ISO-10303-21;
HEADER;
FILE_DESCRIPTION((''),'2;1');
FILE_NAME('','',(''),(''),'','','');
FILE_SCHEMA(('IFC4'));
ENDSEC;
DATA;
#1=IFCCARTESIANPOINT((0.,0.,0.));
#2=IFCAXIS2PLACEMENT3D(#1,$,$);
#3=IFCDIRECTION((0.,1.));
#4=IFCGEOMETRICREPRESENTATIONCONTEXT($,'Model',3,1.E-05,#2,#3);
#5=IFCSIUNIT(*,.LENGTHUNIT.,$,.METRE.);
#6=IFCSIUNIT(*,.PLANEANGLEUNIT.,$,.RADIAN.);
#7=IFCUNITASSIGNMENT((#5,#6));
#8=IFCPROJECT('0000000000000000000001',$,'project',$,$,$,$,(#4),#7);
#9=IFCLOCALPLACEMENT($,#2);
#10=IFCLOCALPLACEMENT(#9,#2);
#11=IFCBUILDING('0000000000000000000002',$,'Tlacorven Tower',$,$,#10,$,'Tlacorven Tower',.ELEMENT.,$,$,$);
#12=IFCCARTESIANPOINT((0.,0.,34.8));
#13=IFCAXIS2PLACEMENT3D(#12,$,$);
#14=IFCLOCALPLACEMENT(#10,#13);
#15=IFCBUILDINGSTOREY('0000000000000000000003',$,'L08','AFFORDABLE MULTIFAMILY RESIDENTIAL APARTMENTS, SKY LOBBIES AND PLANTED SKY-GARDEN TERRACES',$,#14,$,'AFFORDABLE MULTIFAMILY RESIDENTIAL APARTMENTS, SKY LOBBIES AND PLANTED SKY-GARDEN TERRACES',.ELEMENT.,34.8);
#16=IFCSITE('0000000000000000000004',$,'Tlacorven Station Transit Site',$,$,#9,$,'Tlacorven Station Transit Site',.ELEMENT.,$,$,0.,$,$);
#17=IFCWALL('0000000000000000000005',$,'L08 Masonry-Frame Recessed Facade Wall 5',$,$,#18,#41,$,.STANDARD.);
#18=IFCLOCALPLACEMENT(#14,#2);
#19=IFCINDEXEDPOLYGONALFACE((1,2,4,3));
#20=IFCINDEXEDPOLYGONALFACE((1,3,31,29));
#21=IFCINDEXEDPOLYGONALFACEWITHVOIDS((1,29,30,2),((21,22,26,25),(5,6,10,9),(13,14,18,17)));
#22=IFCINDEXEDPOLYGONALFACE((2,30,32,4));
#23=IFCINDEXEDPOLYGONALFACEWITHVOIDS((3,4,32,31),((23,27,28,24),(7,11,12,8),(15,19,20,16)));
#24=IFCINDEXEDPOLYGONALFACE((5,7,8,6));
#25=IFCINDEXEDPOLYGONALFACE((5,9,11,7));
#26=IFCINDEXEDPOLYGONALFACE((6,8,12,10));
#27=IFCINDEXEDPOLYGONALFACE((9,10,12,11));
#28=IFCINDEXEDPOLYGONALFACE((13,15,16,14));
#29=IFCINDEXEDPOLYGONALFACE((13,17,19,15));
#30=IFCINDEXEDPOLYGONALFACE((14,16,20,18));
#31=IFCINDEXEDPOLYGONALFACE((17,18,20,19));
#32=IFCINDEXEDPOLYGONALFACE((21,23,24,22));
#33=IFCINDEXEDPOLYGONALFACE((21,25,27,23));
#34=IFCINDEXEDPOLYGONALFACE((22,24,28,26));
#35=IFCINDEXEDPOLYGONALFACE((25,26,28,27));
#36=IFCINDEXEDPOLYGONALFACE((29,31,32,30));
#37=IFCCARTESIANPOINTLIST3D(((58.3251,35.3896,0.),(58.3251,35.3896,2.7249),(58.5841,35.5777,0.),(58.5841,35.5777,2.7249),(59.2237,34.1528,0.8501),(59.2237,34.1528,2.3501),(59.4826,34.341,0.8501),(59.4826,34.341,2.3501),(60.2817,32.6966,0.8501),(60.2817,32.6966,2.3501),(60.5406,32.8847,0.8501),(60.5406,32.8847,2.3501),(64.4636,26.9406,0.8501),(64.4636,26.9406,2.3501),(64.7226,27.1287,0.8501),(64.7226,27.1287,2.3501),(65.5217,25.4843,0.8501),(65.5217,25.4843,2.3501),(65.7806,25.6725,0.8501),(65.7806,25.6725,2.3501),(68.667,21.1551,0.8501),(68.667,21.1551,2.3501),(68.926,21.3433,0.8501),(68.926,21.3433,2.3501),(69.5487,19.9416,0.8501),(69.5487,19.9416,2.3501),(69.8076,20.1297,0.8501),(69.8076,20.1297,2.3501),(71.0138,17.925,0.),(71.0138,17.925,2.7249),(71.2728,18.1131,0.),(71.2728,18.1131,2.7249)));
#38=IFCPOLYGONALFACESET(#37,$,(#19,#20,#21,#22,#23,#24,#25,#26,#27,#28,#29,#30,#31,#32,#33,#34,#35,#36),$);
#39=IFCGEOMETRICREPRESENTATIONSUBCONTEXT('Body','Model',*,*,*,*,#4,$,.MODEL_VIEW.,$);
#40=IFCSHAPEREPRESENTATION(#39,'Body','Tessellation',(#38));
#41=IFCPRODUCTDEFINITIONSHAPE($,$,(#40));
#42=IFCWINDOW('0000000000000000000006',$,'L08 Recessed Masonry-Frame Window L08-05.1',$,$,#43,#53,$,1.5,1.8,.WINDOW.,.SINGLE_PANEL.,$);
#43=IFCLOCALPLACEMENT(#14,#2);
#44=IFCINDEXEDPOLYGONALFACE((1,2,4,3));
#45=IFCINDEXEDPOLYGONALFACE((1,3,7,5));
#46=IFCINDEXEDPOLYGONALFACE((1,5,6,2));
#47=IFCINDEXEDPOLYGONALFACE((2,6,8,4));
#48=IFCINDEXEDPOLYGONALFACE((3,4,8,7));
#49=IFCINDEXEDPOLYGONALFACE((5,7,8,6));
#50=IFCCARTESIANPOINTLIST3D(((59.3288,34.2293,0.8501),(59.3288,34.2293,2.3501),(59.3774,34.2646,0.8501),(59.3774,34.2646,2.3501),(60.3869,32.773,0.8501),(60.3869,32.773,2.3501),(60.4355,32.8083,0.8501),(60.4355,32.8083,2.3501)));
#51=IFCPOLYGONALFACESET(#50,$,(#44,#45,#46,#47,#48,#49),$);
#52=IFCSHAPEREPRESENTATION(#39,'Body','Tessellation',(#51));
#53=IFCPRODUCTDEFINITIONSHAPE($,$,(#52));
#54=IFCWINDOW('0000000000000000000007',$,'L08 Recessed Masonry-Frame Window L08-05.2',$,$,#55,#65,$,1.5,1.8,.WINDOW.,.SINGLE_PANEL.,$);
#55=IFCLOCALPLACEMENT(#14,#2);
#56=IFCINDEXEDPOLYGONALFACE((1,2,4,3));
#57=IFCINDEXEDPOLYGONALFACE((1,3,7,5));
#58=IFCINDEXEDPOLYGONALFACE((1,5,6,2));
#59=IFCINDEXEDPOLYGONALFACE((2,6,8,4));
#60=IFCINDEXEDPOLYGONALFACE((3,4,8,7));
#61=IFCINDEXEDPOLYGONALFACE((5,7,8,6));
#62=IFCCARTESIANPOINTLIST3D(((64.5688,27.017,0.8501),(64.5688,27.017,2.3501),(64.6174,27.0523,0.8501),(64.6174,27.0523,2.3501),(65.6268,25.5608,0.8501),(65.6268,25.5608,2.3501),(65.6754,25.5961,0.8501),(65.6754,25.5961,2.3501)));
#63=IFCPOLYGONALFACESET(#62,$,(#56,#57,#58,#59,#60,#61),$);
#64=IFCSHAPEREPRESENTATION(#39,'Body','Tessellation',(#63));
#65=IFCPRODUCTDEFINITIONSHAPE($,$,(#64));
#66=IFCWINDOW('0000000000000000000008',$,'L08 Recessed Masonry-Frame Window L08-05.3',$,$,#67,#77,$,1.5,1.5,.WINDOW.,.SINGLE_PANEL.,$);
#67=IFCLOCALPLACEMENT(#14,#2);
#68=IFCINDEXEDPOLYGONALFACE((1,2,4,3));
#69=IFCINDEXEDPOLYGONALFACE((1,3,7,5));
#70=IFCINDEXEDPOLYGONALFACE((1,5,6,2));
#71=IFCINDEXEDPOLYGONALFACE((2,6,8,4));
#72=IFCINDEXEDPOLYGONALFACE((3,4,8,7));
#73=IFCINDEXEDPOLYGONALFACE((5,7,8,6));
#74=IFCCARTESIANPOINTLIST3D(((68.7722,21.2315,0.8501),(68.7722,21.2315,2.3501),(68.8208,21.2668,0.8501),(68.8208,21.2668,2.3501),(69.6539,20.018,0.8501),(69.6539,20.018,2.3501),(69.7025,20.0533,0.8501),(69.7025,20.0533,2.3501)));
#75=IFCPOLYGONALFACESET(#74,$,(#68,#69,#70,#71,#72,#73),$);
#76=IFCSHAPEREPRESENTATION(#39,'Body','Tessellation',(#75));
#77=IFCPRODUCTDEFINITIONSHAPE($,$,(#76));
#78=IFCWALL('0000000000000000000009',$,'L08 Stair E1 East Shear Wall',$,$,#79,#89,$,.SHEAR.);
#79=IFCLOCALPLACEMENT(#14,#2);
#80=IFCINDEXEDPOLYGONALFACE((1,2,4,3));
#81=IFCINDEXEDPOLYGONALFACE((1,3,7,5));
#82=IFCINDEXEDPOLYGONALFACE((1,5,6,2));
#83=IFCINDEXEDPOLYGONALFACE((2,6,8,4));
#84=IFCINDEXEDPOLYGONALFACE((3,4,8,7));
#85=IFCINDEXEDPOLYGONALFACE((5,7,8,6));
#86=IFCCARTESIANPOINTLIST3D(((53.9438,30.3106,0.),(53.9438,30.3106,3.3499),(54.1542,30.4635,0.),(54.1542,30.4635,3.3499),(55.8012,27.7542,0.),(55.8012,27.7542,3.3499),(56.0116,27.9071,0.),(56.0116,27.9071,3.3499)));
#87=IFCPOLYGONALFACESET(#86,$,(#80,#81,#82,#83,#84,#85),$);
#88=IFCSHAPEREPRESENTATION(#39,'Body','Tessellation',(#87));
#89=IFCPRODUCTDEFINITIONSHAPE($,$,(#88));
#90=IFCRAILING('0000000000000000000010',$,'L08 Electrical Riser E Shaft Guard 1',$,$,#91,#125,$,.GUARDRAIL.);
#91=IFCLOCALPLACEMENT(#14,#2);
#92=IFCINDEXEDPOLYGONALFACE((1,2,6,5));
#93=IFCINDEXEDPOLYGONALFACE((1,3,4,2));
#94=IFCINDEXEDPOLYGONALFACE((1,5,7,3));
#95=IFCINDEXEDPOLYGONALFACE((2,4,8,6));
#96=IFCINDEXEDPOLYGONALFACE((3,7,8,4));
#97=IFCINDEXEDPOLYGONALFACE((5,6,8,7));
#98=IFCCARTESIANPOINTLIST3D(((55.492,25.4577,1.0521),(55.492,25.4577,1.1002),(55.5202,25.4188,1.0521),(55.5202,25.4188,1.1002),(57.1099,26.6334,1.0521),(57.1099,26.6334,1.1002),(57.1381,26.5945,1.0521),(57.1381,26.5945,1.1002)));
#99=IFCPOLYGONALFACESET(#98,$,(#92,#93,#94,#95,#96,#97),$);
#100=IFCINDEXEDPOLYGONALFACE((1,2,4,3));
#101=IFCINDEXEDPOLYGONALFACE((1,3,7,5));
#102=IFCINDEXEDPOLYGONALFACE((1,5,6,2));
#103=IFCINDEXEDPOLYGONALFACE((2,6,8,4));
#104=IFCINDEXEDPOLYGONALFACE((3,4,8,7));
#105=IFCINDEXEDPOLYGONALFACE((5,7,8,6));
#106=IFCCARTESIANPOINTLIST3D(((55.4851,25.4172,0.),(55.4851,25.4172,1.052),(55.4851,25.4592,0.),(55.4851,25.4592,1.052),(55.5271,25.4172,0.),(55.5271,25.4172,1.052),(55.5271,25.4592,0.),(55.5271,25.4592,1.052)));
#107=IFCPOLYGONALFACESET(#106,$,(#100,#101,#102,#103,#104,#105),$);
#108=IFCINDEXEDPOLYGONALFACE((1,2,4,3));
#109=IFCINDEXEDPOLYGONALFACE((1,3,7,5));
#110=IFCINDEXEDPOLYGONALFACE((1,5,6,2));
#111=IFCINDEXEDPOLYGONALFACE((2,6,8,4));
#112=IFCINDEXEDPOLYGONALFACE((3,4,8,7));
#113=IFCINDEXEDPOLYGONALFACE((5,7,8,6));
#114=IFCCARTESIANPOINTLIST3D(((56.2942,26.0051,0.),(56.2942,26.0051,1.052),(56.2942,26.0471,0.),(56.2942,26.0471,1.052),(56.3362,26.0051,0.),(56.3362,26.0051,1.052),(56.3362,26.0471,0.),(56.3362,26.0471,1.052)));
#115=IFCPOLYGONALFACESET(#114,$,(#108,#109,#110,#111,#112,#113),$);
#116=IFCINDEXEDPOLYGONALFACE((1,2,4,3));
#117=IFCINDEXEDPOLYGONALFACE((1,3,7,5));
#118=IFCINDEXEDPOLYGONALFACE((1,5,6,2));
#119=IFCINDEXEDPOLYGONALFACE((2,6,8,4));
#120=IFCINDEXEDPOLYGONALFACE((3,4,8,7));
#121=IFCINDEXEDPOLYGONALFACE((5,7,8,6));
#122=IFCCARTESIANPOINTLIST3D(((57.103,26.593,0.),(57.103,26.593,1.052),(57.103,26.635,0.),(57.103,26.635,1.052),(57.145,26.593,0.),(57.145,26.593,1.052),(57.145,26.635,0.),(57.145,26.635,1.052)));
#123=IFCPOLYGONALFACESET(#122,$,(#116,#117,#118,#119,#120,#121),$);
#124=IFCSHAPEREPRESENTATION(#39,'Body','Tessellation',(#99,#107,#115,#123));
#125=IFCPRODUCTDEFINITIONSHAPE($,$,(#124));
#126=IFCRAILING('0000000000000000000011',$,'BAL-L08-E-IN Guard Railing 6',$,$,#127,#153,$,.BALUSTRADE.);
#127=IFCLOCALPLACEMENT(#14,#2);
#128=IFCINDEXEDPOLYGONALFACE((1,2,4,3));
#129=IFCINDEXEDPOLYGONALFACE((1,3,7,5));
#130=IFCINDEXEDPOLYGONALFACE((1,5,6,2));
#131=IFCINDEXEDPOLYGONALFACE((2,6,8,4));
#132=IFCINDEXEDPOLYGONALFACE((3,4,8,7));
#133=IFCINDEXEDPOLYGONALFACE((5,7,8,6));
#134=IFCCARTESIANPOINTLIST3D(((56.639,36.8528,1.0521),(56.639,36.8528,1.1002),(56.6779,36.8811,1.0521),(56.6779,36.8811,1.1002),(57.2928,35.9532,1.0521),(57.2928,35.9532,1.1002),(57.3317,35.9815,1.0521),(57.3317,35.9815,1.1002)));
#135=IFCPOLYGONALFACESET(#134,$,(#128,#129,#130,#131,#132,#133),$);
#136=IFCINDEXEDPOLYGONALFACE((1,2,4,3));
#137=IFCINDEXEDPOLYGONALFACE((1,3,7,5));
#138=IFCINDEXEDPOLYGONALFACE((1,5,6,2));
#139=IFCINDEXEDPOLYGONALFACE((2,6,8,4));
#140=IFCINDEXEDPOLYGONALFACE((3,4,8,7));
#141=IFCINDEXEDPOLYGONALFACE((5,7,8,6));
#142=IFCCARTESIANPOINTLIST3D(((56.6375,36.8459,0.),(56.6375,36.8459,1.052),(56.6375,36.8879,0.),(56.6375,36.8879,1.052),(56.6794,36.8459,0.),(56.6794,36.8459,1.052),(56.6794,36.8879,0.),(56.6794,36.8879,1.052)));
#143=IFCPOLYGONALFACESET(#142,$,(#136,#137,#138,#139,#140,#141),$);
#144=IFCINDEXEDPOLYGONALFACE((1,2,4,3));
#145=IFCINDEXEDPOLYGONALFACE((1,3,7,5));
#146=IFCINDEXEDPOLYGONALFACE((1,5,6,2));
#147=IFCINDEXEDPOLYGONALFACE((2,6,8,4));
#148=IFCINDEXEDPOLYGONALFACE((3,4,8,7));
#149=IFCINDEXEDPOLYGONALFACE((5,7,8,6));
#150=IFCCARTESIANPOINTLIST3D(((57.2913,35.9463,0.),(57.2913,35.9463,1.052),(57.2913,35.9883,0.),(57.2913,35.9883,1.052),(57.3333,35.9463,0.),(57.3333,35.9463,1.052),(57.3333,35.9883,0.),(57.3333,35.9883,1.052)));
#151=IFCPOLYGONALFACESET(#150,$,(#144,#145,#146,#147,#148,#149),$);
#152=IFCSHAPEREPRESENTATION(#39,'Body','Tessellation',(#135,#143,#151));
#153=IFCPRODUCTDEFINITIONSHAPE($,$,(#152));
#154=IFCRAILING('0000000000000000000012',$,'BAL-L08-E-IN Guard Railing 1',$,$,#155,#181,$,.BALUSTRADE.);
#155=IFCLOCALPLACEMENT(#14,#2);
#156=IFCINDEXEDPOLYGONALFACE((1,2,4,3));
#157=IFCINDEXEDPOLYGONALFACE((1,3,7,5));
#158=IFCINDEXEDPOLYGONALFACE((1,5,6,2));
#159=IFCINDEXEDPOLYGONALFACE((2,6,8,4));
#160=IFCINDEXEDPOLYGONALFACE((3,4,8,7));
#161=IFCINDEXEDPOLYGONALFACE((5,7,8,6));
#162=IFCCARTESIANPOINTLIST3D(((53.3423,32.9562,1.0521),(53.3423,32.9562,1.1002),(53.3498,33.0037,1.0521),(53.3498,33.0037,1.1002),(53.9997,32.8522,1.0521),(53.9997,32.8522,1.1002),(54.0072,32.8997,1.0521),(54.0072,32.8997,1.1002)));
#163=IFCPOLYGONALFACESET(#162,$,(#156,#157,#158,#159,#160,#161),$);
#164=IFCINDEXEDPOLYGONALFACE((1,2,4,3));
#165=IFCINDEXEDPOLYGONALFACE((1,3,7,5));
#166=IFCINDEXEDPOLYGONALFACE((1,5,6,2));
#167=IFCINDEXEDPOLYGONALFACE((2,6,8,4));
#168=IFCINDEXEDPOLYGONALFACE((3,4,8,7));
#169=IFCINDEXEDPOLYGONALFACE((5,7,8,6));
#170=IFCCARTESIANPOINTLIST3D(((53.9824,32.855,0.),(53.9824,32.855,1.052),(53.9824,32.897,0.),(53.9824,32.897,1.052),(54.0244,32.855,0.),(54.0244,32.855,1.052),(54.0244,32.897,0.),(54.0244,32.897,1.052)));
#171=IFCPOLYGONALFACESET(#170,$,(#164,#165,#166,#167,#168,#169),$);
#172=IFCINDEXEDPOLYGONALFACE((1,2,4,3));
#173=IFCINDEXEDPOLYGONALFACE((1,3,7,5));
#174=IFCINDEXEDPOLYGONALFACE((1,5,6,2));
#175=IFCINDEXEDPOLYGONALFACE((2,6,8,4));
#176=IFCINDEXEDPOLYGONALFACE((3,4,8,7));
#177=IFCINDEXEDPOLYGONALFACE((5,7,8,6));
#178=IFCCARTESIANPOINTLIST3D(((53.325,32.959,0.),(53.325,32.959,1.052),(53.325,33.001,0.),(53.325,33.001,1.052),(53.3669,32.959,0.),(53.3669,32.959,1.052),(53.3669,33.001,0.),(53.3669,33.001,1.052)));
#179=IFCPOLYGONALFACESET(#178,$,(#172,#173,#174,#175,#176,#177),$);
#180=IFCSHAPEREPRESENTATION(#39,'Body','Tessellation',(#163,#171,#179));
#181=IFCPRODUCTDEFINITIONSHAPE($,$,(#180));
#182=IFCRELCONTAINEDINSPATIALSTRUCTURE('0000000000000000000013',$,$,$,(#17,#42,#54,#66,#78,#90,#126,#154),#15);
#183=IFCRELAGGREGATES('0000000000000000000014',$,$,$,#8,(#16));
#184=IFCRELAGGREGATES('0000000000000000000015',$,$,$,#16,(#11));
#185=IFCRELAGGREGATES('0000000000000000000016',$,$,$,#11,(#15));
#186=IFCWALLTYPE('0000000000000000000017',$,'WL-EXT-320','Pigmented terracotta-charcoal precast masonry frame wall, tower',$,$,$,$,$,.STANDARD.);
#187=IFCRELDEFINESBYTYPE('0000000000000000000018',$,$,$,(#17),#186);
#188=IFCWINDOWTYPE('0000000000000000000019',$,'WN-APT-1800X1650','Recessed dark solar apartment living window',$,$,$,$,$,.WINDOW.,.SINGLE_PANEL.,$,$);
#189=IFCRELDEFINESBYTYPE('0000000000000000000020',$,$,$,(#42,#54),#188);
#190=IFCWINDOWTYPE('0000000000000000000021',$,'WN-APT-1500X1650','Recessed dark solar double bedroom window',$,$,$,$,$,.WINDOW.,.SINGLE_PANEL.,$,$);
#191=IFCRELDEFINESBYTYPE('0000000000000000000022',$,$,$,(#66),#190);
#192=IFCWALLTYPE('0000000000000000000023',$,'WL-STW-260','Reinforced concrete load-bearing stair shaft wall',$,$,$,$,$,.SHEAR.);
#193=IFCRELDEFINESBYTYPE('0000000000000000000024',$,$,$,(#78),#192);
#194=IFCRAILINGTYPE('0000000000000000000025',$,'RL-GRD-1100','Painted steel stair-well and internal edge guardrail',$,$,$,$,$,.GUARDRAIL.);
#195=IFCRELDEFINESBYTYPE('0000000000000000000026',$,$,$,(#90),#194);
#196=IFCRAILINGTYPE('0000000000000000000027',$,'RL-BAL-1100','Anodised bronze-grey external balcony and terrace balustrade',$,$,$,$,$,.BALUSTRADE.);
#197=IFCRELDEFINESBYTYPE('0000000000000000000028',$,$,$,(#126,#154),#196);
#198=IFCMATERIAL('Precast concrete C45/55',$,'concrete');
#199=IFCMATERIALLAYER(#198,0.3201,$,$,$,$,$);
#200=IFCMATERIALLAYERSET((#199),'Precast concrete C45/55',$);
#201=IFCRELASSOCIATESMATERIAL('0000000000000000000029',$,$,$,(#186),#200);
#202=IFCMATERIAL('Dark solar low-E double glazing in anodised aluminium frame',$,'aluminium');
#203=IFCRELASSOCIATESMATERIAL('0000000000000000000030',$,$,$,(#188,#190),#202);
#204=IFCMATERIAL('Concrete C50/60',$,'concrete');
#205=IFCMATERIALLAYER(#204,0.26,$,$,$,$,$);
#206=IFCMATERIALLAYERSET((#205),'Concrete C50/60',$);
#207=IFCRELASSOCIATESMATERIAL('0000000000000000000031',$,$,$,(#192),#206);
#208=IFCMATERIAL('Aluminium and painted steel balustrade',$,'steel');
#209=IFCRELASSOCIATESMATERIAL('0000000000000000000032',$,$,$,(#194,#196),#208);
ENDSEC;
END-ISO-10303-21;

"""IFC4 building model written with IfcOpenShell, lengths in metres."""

from ifc_helpers import new_model, si_unit, direction, frame, frame_2d, origin, origin_2d, place, context, subcontext, project, spatial, rectangle, extrude, source, transform, mapped, material, layer, layer_set, type_object, element, fill, save


model = new_model("IFC4")

# Units and contexts
model_context = context("Model", 3, precision=1e-05, world=origin(), true_north=direction((0.0, 1.0)))
body_context = subcontext(model_context, "Body", "Model", "MODEL_VIEW")
ifc_project = project(units=[si_unit("LENGTHUNIT", "METRE"), si_unit("PLANEANGLEUNIT", "RADIAN")], contexts=[model_context])

# Site, building, storey
site_placement = place(None, origin())
site = spatial("IfcSite", under=ifc_project, at=site_placement, Name="Tlacorven Station Transit Site", LongName="Tlacorven Station Transit Site", CompositionType="ELEMENT", RefElevation=0.0)
building_placement = place(site_placement, origin())
building = spatial("IfcBuilding", under=site, at=building_placement, Name="Tlacorven Tower", LongName="Tlacorven Tower", CompositionType="ELEMENT")
storey_placement = place(building_placement, frame((0.0, 0.0, 34.8)))
storey = spatial("IfcBuildingStorey", under=building, at=storey_placement, Name="L08", Description="AFFORDABLE MULTIFAMILY RESIDENTIAL APARTMENTS, SKY LOBBIES AND PLANTED SKY-GARDEN TERRACES", LongName="AFFORDABLE MULTIFAMILY RESIDENTIAL APARTMENTS, SKY LOBBIES AND PLANTED SKY-GARDEN TERRACES", CompositionType="ELEMENT", Elevation=34.8)

# Wall, openings, windows
ifc_material_1 = material(Name="Precast concrete C45/55", Category="concrete")
ifc_layer_1 = layer(ifc_material_1, 0.3201)
ifc_layer_set_1 = layer_set([ifc_layer_1], Name="Precast concrete C45/55")
wall_type_1 = type_object("IfcWallType", Name="WL-EXT-320", Description="Pigmented terracotta-charcoal precast masonry frame wall, tower", PredefinedType="STANDARD", material=ifc_layer_set_1)
wall_1_placement = place(storey_placement, frame((58.4546, 35.4836, 0.0), z_axis=(0.0, 0.0, 1.0), x_axis=(0.587784, -0.809018, 0.0)))
wall_1 = element("IfcWall", 1, at=wall_1_placement, inside=storey, type_object=wall_type_1, Name="L08 Masonry-Frame Recessed Facade Wall 5", PredefinedType="STANDARD", context=body_context, shape_type="SweptSolid", body=[
    extrude(rectangle(XDim=21.5874, YDim=0.3201, at=frame_2d((10.7937, 0.0))), origin(), (0.0, 0.0, 1.0), 2.7249),
])
opening_1_placement = place(wall_1_placement, frame((1.5288, 0.0, 0.8501)))
opening_1 = element("IfcOpeningElement", 2, at=opening_1_placement, cuts=wall_1, PredefinedType="OPENING", context=body_context, shape_type="SweptSolid", body=[
    extrude(rectangle(XDim=1.8, YDim=1.5, at=frame_2d((0.8999, 0.75))), frame((0.0, 0.1699, 0.0), z_axis=(0.0, -1.0, 0.0), x_axis=(1.0, 0.0, 0.0)), (0.0, 0.0, 1.0), 0.3401),
])
opening_2_placement = place(wall_1_placement, frame((10.4436, 0.0, 0.8501)))
opening_2 = element("IfcOpeningElement", 3, at=opening_2_placement, cuts=wall_1, PredefinedType="OPENING", context=body_context, shape_type="SweptSolid", body=[
    extrude(rectangle(XDim=1.8, YDim=1.5, at=frame_2d((0.8999, 0.75))), frame((0.0, 0.1699, 0.0), z_axis=(0.0, -1.0, 0.0), x_axis=(1.0, 0.0, 0.0)), (0.0, 0.0, 1.0), 0.3401),
])
opening_3_placement = place(wall_1_placement, frame((17.5947, 0.0, 0.8501)))
opening_3 = element("IfcOpeningElement", 4, at=opening_3_placement, cuts=wall_1, PredefinedType="OPENING", context=body_context, shape_type="SweptSolid", body=[
    extrude(rectangle(XDim=1.5, YDim=1.5, at=frame_2d((0.75, 0.75))), frame((0.0, 0.1699, 0.0), z_axis=(0.0, -1.0, 0.0), x_axis=(1.0, 0.0, 0.0)), (0.0, 0.0, 1.0), 0.3401),
])
ifc_material_2 = material(Name="Dark solar low-E double glazing in anodised aluminium frame", Category="aluminium")
window_type_1 = type_object("IfcWindowType", Name="WN-APT-1800X1650", Description="Recessed dark solar apartment living window", PartitioningType="SINGLE_PANEL", PredefinedType="WINDOW", material=ifc_material_2)
shared_shape_1 = source(origin(), body_context, "Body", "SweptSolid", [
    extrude(rectangle(XDim=1.8, YDim=1.5, at=frame_2d((0.8999, 0.75))), frame((0.0, 0.03, 0.0), z_axis=(0.0, -1.0, 0.0), x_axis=(1.0, 0.0, 0.0)), (0.0, 0.0, 1.0), 0.0601),
])
window_1_placement = place(opening_1_placement, origin())
window_1 = element("IfcWindow", 5, at=window_1_placement, inside=storey, type_object=window_type_1, Name="L08 Recessed Masonry-Frame Window L08-05.1", OverallHeight=1.5, OverallWidth=1.8, PartitioningType="SINGLE_PANEL", PredefinedType="WINDOW", context=body_context, shape_type="MappedRepresentation", body=[
    mapped(shared_shape_1, transform((0.0, 0.0, 0.0), scale=1.0)),
])
fill(opening_1, window_1)
window_2_placement = place(opening_2_placement, origin())
window_2 = element("IfcWindow", 6, at=window_2_placement, inside=storey, type_object=window_type_1, Name="L08 Recessed Masonry-Frame Window L08-05.2", OverallHeight=1.5, OverallWidth=1.8, PartitioningType="SINGLE_PANEL", PredefinedType="WINDOW", context=body_context, shape_type="MappedRepresentation", body=[
    mapped(shared_shape_1, transform((0.0, 0.0, 0.0), scale=1.0)),
])
fill(opening_2, window_2)
window_type_2 = type_object("IfcWindowType", Name="WN-APT-1500X1650", Description="Recessed dark solar double bedroom window", PartitioningType="SINGLE_PANEL", PredefinedType="WINDOW", material=ifc_material_2)
shared_shape_2 = source(origin(), body_context, "Body", "SweptSolid", [
    extrude(rectangle(XDim=1.5, YDim=1.5, at=frame_2d((0.75, 0.75))), frame((0.0, 0.03, 0.0), z_axis=(0.0, -1.0, 0.0), x_axis=(1.0, 0.0, 0.0)), (0.0, 0.0, 1.0), 0.0601),
])
window_3_placement = place(opening_3_placement, origin())
window_3 = element("IfcWindow", 7, at=window_3_placement, inside=storey, type_object=window_type_2, Name="L08 Recessed Masonry-Frame Window L08-05.3", OverallHeight=1.5, OverallWidth=1.5, PartitioningType="SINGLE_PANEL", PredefinedType="WINDOW", context=body_context, shape_type="MappedRepresentation", body=[
    mapped(shared_shape_2, transform((0.0, 0.0, 0.0), scale=1.0)),
])
fill(opening_3, window_3)

# Wall
ifc_material_3 = material(Name="Concrete C50/60", Category="concrete")
ifc_layer_2 = layer(ifc_material_3, 0.26)
ifc_layer_set_2 = layer_set([ifc_layer_2], Name="Concrete C50/60")
wall_type_2 = type_object("IfcWallType", Name="WL-STW-260", Description="Reinforced concrete load-bearing stair shaft wall", PredefinedType="SHEAR", material=ifc_layer_set_2)
wall_2_placement = place(storey_placement, frame((55.9065, 27.8306, 0.0), z_axis=(0.0, 0.0, 1.0), x_axis=(-0.587804, 0.809003, 0.0)))
element("IfcWall", 8, at=wall_2_placement, inside=storey, type_object=wall_type_2, Name="L08 Stair E1 East Shear Wall", PredefinedType="SHEAR", context=body_context, shape_type="SweptSolid", body=[
    extrude(rectangle(XDim=3.1599, YDim=0.26, at=frame_2d((1.5801, 0.0))), origin(), (0.0, 0.0, 1.0), 3.3499),
])

# Railings
ifc_material_4 = material(Name="Aluminium and painted steel balustrade", Category="steel")
railing_type_1 = type_object("IfcRailingType", Name="RL-GRD-1100", Description="Painted steel stair-well and internal edge guardrail", PredefinedType="GUARDRAIL", material=ifc_material_4)
shared_shape_3 = source(origin(), body_context, "Body", "SweptSolid", [
    extrude(rectangle(XDim=0.0481, YDim=0.0481, at=origin_2d()), frame((0.0, 0.0, 1.0762), z_axis=(0.808947, 0.587881, 0.0), x_axis=(-0.587881, 0.808947, 0.0)), (0.0, 0.0, 1.0), 2.0),
    extrude(rectangle(XDim=0.042, YDim=0.042, at=origin_2d()), origin(), (0.0, 0.0, 1.0), 1.052),
    extrude(rectangle(XDim=0.042, YDim=0.042, at=origin_2d()), frame((0.8091, 0.5879, 0.0)), (0.0, 0.0, 1.0), 1.052),
    extrude(rectangle(XDim=0.042, YDim=0.042, at=origin_2d()), frame((1.6179, 1.1758, 0.0)), (0.0, 0.0, 1.0), 1.052),
])
railing_1_placement = place(storey_placement, frame((55.5061, 25.4382, 0.0)))
element("IfcRailing", 9, at=railing_1_placement, inside=storey, type_object=railing_type_1, Name="L08 Electrical Riser E Shaft Guard 1", PredefinedType="GUARDRAIL", context=body_context, shape_type="MappedRepresentation", body=[
    mapped(shared_shape_3, transform((0.0, 0.0, 0.0), scale=1.0)),
])
railing_type_2 = type_object("IfcRailingType", Name="RL-BAL-1100", Description="Anodised bronze-grey external balcony and terrace balustrade", PredefinedType="BALUSTRADE", material=ifc_material_4)
shared_shape_4 = source(origin(), body_context, "Body", "SweptSolid", [
    extrude(rectangle(XDim=0.0481, YDim=0.0481, at=origin_2d()), frame((0.0, 0.0, 1.0762), z_axis=(0.587884, -0.808945, 0.0), x_axis=(0.808945, 0.587884, 0.0)), (0.0, 0.0, 1.0), 1.1121),
    extrude(rectangle(XDim=0.042, YDim=0.042, at=origin_2d()), origin(), (0.0, 0.0, 1.0), 1.052),
    extrude(rectangle(XDim=0.042, YDim=0.042, at=origin_2d()), frame((0.6538, -0.8997, 0.0)), (0.0, 0.0, 1.0), 1.052),
])
railing_2_placement = place(storey_placement, frame((56.6584, 36.8669, 0.0)))
element("IfcRailing", 10, at=railing_2_placement, inside=storey, type_object=railing_type_2, Name="BAL-L08-E-IN Guard Railing 6", PredefinedType="BALUSTRADE", context=body_context, shape_type="MappedRepresentation", body=[
    mapped(shared_shape_4, transform((0.0, 0.0, 0.0), scale=1.0)),
])
shared_shape_5 = source(origin(), body_context, "Body", "SweptSolid", [
    extrude(rectangle(XDim=0.0481, YDim=0.0481, at=origin_2d()), frame((0.0, 0.0, 1.0762), z_axis=(-0.987718, 0.156245, 0.0), x_axis=(-0.156245, -0.987718, 0.0)), (0.0, 0.0, 1.0), 0.6655),
    extrude(rectangle(XDim=0.042, YDim=0.042, at=origin_2d()), origin(), (0.0, 0.0, 1.0), 1.052),
    extrude(rectangle(XDim=0.042, YDim=0.042, at=origin_2d()), frame((-0.6575, 0.104, 0.0)), (0.0, 0.0, 1.0), 1.052),
])
railing_3_placement = place(storey_placement, frame((54.0034, 32.876, 0.0)))
element("IfcRailing", 11, at=railing_3_placement, inside=storey, type_object=railing_type_2, Name="BAL-L08-E-IN Guard Railing 1", PredefinedType="BALUSTRADE", context=body_context, shape_type="MappedRepresentation", body=[
    mapped(shared_shape_5, transform((0.0, 0.0, 0.0), scale=1.0)),
])

save(model, "model.ifc")
